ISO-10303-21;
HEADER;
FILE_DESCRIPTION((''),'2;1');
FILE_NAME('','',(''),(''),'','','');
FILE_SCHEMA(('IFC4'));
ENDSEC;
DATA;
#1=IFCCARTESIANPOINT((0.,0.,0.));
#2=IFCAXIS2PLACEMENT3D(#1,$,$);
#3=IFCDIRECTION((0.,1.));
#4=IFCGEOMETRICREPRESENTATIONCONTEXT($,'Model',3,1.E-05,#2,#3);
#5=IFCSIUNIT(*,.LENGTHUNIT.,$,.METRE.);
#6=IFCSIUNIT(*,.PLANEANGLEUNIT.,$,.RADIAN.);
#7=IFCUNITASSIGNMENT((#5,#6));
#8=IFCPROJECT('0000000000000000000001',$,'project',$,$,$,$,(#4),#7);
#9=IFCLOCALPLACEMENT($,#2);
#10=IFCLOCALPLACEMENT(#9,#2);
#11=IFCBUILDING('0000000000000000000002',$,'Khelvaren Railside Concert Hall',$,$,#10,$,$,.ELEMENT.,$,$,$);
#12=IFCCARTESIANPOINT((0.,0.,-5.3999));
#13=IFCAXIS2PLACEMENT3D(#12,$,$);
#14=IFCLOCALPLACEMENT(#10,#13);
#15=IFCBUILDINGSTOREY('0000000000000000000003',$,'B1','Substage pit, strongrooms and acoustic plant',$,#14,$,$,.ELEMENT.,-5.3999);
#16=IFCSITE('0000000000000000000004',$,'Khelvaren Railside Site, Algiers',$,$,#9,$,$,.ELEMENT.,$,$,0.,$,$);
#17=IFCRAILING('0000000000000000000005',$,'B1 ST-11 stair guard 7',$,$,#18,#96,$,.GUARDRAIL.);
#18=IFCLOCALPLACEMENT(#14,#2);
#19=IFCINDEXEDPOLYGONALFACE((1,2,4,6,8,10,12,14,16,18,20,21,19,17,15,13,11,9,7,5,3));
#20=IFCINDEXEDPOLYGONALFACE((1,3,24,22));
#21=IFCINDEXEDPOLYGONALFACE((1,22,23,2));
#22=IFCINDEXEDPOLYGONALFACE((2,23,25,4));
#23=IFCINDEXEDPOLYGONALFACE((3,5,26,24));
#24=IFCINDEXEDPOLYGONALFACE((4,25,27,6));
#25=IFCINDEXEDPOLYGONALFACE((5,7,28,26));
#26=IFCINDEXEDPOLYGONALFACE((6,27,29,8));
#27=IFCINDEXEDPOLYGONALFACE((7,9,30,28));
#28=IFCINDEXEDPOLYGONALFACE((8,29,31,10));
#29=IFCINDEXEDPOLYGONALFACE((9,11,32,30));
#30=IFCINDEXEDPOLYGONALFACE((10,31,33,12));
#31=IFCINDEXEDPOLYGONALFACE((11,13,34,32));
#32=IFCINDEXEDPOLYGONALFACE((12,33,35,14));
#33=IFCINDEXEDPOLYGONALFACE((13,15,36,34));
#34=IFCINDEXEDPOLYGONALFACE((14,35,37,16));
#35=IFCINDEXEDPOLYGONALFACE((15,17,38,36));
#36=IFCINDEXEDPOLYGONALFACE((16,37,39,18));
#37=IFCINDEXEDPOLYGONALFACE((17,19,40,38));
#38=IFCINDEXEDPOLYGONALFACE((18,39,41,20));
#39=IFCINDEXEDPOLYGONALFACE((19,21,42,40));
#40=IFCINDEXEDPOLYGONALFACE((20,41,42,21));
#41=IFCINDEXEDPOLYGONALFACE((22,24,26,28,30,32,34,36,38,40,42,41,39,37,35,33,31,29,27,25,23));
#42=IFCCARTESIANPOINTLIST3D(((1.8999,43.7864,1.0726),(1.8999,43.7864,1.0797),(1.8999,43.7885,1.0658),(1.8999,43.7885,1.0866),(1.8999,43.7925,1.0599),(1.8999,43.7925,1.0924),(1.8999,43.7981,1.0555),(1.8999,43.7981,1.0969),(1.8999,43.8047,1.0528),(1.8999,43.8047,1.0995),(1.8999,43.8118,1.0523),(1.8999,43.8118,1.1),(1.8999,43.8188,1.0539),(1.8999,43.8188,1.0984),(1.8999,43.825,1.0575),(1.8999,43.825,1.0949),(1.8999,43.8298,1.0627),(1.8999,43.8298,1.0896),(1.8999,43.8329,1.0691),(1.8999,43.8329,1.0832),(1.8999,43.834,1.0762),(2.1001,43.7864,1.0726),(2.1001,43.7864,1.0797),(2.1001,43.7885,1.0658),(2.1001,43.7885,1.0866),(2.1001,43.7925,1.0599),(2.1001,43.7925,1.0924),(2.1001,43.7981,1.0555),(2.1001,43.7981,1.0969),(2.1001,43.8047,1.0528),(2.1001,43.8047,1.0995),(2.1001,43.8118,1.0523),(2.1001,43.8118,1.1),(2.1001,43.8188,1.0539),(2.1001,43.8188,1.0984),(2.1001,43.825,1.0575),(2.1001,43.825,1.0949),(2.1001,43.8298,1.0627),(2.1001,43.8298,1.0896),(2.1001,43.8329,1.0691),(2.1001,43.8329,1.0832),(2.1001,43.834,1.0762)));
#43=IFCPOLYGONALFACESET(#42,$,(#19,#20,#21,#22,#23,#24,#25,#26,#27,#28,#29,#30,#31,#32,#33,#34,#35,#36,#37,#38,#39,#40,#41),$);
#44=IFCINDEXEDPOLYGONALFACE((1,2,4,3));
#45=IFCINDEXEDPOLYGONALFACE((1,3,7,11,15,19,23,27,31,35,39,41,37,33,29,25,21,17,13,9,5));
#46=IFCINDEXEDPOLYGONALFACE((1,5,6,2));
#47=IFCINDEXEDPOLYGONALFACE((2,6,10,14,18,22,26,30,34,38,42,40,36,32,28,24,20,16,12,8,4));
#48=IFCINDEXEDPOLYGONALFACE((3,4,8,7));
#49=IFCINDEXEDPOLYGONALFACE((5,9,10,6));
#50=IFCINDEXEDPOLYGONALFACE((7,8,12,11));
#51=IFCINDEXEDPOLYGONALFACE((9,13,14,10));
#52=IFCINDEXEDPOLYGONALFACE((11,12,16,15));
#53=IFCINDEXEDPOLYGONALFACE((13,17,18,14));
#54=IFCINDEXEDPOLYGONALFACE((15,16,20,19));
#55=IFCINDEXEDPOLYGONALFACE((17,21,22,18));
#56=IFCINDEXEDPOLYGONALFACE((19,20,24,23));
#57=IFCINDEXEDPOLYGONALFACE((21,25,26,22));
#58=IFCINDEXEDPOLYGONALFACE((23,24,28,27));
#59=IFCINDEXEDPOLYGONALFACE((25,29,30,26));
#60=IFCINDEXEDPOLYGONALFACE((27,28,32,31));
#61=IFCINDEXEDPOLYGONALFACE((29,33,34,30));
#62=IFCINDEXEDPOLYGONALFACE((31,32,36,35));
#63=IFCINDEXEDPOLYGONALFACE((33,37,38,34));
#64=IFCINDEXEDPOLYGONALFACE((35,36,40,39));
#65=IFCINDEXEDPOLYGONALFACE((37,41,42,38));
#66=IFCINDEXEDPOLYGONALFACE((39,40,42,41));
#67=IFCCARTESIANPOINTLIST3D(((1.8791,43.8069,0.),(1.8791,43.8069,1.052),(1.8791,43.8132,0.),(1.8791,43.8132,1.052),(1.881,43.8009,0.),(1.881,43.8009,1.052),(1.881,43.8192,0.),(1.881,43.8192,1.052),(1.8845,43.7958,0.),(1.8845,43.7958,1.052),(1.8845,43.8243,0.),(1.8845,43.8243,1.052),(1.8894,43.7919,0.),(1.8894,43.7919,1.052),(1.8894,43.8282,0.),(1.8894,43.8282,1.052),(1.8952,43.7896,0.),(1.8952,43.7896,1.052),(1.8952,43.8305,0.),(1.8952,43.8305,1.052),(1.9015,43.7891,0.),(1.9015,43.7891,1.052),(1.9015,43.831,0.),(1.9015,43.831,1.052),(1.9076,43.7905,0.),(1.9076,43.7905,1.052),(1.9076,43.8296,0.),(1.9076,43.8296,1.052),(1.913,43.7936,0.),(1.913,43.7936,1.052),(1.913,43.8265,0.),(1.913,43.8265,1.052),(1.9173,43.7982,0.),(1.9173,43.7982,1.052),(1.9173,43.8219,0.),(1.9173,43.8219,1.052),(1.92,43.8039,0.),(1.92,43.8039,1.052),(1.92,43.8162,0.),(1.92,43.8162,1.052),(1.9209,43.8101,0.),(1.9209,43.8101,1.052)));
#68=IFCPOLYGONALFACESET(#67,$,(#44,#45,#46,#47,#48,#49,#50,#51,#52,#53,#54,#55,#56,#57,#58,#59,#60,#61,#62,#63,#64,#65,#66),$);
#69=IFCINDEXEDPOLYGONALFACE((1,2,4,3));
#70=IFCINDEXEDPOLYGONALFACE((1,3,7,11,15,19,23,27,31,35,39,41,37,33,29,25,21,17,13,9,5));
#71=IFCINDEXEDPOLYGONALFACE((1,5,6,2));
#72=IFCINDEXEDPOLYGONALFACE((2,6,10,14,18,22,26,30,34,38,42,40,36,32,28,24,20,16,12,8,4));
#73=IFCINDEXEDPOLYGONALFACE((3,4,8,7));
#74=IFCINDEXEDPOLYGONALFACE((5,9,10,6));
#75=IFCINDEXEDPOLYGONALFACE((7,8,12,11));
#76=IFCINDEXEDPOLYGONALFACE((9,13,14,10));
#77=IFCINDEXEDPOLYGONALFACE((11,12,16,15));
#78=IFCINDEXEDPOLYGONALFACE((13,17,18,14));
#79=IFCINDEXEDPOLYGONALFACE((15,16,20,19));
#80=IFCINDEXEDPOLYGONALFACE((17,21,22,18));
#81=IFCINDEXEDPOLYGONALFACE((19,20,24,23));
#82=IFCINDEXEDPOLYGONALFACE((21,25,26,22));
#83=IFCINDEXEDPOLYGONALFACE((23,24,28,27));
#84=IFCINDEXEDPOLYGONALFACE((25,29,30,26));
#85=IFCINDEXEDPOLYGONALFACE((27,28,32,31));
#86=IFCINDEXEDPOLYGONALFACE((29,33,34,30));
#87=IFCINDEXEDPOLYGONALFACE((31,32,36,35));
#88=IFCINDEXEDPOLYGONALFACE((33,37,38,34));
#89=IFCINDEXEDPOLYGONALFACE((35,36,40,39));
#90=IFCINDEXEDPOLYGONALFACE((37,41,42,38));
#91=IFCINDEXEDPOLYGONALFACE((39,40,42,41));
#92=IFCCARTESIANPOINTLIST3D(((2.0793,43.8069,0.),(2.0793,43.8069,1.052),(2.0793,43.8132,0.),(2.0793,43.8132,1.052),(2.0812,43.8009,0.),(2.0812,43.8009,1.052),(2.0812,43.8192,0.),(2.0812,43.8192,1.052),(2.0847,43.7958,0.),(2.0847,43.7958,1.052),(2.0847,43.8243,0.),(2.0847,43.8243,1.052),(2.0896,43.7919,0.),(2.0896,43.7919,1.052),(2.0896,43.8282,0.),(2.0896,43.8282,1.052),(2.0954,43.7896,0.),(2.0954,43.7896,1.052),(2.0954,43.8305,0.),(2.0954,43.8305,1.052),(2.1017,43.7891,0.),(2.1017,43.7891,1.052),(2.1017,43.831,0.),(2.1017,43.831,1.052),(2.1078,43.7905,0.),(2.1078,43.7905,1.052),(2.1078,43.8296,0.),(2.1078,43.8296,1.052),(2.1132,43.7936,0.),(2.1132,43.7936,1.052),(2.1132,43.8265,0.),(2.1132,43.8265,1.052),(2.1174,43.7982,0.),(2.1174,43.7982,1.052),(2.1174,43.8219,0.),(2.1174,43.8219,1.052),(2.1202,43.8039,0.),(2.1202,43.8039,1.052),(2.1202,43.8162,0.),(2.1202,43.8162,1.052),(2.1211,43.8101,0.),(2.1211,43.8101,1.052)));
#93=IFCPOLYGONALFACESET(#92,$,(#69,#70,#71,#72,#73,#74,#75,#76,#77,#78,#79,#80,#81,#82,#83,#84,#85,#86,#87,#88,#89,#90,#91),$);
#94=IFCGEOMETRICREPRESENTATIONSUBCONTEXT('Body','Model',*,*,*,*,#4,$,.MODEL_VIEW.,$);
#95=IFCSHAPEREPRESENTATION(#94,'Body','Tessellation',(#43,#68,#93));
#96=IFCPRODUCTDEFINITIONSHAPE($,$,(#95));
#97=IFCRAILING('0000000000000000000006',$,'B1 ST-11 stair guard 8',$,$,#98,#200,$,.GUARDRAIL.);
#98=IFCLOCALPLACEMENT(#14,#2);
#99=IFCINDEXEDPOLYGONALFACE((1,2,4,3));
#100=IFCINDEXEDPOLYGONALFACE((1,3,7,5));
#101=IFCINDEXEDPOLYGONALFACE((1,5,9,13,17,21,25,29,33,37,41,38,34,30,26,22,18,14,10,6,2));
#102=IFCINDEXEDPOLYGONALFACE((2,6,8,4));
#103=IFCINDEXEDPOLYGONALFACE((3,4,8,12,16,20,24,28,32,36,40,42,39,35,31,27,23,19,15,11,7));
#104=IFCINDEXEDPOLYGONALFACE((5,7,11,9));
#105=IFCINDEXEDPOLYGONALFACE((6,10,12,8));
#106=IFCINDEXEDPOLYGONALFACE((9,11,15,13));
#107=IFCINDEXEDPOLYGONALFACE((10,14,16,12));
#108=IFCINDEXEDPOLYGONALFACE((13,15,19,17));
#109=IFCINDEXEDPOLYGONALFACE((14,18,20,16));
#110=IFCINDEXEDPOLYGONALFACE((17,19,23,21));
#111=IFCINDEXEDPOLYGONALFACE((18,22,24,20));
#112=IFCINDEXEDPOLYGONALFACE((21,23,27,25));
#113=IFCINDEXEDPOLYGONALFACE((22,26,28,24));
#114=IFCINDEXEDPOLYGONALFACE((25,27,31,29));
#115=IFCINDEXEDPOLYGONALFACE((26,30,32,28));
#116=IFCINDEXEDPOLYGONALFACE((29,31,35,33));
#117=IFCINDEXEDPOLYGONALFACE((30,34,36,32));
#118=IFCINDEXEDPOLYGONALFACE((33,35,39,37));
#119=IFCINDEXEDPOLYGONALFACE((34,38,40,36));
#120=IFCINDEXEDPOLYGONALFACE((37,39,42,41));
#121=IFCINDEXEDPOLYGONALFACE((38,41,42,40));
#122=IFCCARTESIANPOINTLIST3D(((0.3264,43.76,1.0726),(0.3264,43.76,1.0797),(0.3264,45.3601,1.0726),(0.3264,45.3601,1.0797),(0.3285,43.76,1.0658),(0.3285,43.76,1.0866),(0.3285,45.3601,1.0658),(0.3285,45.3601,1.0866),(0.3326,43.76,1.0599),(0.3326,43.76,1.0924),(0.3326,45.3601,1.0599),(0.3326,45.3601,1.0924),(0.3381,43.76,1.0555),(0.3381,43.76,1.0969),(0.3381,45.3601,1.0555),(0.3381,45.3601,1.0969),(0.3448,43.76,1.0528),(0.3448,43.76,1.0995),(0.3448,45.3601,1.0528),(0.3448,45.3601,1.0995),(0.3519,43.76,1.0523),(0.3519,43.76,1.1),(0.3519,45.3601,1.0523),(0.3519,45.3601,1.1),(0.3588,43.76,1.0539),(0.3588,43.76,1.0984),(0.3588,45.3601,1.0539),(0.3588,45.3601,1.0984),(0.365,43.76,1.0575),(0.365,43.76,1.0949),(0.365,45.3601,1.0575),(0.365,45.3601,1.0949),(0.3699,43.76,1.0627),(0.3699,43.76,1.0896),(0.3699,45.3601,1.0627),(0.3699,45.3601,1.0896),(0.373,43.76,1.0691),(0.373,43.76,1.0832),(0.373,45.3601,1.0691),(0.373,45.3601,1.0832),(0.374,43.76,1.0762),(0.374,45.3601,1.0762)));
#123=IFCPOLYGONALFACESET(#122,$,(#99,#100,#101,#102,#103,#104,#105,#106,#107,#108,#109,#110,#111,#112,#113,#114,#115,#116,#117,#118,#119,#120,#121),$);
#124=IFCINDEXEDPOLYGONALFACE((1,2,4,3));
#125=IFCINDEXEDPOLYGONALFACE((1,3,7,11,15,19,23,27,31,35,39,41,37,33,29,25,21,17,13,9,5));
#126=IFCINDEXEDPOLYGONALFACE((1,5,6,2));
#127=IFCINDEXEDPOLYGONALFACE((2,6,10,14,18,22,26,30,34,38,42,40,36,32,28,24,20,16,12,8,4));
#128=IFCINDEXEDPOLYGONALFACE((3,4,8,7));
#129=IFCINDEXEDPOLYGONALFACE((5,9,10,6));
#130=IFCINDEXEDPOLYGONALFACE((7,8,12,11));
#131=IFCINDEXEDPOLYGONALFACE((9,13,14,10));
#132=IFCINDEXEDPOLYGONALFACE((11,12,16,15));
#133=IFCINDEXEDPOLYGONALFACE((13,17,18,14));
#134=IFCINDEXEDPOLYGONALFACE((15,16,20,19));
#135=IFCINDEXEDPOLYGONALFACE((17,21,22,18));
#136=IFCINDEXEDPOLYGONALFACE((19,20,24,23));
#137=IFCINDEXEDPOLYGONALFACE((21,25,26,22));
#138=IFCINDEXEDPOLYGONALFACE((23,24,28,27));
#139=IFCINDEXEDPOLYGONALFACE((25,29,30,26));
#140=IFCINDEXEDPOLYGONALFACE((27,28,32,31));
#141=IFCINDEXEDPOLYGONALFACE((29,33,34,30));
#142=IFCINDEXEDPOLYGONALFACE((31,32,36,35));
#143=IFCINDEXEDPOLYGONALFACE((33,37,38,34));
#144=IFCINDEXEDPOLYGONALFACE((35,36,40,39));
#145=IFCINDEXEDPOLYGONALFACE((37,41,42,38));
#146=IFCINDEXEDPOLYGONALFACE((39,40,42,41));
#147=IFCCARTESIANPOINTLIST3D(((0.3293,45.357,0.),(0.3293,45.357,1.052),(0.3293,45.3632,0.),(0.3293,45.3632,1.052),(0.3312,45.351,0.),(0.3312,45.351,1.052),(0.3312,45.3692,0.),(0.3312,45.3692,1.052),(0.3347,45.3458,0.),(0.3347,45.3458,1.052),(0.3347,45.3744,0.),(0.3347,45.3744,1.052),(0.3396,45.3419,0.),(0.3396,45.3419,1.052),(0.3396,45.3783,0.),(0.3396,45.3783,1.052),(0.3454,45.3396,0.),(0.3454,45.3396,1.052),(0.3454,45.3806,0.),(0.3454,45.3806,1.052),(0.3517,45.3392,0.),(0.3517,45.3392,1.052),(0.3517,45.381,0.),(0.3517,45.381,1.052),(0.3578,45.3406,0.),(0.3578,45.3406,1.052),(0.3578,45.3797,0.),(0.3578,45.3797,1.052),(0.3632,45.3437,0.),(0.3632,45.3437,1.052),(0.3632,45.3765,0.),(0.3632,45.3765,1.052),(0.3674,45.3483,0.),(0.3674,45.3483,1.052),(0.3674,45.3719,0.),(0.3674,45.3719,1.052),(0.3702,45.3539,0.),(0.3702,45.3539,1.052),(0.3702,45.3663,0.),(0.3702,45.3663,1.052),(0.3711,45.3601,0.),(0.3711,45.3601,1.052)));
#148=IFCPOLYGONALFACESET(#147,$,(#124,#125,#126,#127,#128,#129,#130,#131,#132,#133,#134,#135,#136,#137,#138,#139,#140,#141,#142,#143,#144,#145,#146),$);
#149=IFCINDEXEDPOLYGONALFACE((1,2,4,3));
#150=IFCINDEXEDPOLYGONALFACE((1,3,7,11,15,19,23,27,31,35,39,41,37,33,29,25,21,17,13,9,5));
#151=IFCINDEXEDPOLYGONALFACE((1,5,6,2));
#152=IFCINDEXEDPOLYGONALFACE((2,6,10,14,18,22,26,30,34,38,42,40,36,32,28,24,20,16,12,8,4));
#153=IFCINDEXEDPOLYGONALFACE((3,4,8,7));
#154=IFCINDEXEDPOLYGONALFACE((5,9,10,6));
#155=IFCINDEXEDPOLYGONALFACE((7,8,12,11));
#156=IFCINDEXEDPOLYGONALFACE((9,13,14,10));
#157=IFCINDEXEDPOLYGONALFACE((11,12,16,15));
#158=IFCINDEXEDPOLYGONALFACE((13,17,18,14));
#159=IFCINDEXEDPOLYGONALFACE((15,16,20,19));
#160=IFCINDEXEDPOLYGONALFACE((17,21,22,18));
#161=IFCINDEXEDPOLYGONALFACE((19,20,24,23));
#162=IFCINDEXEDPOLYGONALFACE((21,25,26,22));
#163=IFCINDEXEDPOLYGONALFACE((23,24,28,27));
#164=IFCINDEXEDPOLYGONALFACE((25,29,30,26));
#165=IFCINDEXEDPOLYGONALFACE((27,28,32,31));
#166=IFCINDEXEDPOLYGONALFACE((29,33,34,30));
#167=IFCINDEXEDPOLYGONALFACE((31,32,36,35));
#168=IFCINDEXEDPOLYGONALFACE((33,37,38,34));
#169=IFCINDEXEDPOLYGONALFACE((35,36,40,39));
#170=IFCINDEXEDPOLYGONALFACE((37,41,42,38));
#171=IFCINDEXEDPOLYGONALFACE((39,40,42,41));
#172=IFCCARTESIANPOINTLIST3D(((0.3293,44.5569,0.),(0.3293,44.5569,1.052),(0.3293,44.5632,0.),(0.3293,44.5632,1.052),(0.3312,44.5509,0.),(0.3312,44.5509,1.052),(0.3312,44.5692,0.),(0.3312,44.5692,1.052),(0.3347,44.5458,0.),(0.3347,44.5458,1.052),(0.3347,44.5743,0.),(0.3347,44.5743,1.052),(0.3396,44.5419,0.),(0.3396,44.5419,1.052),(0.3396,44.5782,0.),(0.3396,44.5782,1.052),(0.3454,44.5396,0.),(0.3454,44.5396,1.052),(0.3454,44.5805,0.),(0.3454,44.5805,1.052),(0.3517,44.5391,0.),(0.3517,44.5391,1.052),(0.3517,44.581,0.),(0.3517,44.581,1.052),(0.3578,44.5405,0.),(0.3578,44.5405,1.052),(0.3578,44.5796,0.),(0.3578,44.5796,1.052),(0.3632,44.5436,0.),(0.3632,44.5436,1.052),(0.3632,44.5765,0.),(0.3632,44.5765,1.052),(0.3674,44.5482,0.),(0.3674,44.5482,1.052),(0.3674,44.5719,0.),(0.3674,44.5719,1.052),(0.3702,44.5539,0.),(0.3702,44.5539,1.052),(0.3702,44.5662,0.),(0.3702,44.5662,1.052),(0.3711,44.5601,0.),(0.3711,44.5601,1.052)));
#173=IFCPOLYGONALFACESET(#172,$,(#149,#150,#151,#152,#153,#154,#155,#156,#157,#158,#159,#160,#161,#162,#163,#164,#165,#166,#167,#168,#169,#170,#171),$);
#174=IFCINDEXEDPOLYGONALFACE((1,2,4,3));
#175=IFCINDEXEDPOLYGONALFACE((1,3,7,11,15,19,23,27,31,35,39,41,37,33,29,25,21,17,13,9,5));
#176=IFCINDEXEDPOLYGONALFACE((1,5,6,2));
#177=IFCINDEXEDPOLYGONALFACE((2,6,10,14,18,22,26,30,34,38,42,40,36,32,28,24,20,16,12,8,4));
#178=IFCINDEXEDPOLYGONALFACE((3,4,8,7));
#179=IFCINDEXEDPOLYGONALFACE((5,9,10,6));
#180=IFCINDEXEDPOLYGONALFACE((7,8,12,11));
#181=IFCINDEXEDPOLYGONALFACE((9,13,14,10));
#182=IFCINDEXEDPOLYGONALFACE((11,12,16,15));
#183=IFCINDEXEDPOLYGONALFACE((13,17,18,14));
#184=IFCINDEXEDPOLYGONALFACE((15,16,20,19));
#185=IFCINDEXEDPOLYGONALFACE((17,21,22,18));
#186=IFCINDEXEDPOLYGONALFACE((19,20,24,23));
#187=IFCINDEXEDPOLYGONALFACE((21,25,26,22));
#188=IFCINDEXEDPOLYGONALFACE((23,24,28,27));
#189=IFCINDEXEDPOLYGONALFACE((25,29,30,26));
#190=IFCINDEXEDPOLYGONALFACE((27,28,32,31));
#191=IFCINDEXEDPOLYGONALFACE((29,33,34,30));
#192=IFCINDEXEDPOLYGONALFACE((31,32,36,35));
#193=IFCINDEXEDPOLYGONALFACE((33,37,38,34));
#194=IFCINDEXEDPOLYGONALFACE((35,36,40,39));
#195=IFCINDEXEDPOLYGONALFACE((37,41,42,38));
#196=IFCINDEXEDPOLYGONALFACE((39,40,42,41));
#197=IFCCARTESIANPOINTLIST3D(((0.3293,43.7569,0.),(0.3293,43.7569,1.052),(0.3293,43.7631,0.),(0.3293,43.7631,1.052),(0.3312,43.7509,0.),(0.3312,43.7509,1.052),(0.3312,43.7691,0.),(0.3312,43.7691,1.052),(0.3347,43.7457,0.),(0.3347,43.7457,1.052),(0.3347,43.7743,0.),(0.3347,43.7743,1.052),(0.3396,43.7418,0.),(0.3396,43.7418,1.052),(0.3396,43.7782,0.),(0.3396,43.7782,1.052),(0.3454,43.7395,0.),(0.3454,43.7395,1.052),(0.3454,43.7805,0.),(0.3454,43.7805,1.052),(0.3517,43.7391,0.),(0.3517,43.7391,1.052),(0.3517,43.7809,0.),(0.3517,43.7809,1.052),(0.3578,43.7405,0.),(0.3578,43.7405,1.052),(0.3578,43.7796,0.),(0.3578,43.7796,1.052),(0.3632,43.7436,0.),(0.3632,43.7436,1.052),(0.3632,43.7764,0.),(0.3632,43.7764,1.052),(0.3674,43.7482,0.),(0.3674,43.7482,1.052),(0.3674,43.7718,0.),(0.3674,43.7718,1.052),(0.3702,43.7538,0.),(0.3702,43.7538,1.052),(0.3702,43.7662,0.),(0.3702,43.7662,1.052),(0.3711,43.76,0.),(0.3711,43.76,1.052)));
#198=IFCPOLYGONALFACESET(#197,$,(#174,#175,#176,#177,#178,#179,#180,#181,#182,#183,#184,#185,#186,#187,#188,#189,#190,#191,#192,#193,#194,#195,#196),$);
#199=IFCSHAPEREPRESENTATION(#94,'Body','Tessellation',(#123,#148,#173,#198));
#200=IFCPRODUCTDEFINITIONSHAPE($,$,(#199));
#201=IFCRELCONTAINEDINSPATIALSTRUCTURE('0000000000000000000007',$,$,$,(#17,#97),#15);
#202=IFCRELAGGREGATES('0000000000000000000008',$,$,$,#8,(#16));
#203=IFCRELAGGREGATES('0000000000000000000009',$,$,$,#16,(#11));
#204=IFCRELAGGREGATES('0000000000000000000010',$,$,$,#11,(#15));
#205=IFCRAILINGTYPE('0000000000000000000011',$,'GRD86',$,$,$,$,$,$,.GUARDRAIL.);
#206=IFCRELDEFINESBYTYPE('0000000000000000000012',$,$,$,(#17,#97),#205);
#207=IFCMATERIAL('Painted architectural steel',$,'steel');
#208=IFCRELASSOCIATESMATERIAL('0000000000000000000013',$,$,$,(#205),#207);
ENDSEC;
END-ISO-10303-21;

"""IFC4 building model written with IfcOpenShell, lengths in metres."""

from ifc_helpers import new_model, si_unit, direction, frame, origin, origin_2d, place, context, subcontext, project, spatial, circle, extrude, material, type_object, element, save


model = new_model("IFC4")

# Units and contexts
model_context = context("Model", 3, precision=1e-05, world=origin(), true_north=direction((0.0, 1.0)))
body_context = subcontext(model_context, "Body", "Model", "MODEL_VIEW")
ifc_project = project(units=[si_unit("LENGTHUNIT", "METRE"), si_unit("PLANEANGLEUNIT", "RADIAN")], contexts=[model_context])

# Site, building, storey
site_placement = place(None, origin())
site = spatial("IfcSite", under=ifc_project, at=site_placement, Name="Khelvaren Railside Site, Algiers", CompositionType="ELEMENT", RefElevation=0.0)
building_placement = place(site_placement, origin())
building = spatial("IfcBuilding", under=site, at=building_placement, Name="Khelvaren Railside Concert Hall", CompositionType="ELEMENT")
storey_placement = place(building_placement, frame((0.0, 0.0, -5.3999)))
storey = spatial("IfcBuildingStorey", under=building, at=storey_placement, Name="B1", Description="Substage pit, strongrooms and acoustic plant", CompositionType="ELEMENT", Elevation=-5.3999)

# Railings
ifc_material_1 = material(Name="Painted architectural steel", Category="steel")
railing_type_1 = type_object("IfcRailingType", Name="GRD86", PredefinedType="GUARDRAIL", material=ifc_material_1)
railing_1_placement = place(storey_placement, frame((1.8999, 43.8101, 0.0)))
element("IfcRailing", 1, at=railing_1_placement, inside=storey, type_object=railing_type_1, Name="B1 ST-11 stair guard 7", PredefinedType="GUARDRAIL", context=body_context, shape_type="SweptSolid", body=[
    extrude(circle(Radius=0.0239, at=origin_2d()), frame((0.0, 0.0, 1.0762), z_axis=(1.0, 0.0, 0.0), x_axis=(0.0, 1.0, 0.0)), (0.0, 0.0, 1.0), 0.2002),
    extrude(circle(Radius=0.021, at=origin_2d()), origin(), (0.0, 0.0, 1.0), 1.052),
    extrude(circle(Radius=0.021, at=origin_2d()), frame((0.2002, 0.0, 0.0)), (0.0, 0.0, 1.0), 1.052),
])
for number, where, name in (
    (2, (0.3501, 45.3601, 0.0), "B1 ST-11 stair guard 8"),
):
    element("IfcRailing", number, at=place(storey_placement, frame(where)), inside=storey, type_object=railing_type_1, Name=name, PredefinedType="GUARDRAIL", context=body_context, shape_type="SweptSolid", body=[
        extrude(circle(Radius=0.0239, at=origin_2d()), frame((0.0, 0.0, 1.0762), z_axis=(0.0, -1.0, 0.0), x_axis=(1.0, 0.0, 0.0)), (0.0, 0.0, 1.0), 1.6001),
        extrude(circle(Radius=0.021, at=origin_2d()), origin(), (0.0, 0.0, 1.0), 1.052),
        extrude(circle(Radius=0.021, at=origin_2d()), frame((0.0, -0.8, 0.0)), (0.0, 0.0, 1.0), 1.052),
        extrude(circle(Radius=0.021, at=origin_2d()), frame((0.0, -1.6001, 0.0)), (0.0, 0.0, 1.0), 1.052),
    ])

save(model, "model.ifc")
